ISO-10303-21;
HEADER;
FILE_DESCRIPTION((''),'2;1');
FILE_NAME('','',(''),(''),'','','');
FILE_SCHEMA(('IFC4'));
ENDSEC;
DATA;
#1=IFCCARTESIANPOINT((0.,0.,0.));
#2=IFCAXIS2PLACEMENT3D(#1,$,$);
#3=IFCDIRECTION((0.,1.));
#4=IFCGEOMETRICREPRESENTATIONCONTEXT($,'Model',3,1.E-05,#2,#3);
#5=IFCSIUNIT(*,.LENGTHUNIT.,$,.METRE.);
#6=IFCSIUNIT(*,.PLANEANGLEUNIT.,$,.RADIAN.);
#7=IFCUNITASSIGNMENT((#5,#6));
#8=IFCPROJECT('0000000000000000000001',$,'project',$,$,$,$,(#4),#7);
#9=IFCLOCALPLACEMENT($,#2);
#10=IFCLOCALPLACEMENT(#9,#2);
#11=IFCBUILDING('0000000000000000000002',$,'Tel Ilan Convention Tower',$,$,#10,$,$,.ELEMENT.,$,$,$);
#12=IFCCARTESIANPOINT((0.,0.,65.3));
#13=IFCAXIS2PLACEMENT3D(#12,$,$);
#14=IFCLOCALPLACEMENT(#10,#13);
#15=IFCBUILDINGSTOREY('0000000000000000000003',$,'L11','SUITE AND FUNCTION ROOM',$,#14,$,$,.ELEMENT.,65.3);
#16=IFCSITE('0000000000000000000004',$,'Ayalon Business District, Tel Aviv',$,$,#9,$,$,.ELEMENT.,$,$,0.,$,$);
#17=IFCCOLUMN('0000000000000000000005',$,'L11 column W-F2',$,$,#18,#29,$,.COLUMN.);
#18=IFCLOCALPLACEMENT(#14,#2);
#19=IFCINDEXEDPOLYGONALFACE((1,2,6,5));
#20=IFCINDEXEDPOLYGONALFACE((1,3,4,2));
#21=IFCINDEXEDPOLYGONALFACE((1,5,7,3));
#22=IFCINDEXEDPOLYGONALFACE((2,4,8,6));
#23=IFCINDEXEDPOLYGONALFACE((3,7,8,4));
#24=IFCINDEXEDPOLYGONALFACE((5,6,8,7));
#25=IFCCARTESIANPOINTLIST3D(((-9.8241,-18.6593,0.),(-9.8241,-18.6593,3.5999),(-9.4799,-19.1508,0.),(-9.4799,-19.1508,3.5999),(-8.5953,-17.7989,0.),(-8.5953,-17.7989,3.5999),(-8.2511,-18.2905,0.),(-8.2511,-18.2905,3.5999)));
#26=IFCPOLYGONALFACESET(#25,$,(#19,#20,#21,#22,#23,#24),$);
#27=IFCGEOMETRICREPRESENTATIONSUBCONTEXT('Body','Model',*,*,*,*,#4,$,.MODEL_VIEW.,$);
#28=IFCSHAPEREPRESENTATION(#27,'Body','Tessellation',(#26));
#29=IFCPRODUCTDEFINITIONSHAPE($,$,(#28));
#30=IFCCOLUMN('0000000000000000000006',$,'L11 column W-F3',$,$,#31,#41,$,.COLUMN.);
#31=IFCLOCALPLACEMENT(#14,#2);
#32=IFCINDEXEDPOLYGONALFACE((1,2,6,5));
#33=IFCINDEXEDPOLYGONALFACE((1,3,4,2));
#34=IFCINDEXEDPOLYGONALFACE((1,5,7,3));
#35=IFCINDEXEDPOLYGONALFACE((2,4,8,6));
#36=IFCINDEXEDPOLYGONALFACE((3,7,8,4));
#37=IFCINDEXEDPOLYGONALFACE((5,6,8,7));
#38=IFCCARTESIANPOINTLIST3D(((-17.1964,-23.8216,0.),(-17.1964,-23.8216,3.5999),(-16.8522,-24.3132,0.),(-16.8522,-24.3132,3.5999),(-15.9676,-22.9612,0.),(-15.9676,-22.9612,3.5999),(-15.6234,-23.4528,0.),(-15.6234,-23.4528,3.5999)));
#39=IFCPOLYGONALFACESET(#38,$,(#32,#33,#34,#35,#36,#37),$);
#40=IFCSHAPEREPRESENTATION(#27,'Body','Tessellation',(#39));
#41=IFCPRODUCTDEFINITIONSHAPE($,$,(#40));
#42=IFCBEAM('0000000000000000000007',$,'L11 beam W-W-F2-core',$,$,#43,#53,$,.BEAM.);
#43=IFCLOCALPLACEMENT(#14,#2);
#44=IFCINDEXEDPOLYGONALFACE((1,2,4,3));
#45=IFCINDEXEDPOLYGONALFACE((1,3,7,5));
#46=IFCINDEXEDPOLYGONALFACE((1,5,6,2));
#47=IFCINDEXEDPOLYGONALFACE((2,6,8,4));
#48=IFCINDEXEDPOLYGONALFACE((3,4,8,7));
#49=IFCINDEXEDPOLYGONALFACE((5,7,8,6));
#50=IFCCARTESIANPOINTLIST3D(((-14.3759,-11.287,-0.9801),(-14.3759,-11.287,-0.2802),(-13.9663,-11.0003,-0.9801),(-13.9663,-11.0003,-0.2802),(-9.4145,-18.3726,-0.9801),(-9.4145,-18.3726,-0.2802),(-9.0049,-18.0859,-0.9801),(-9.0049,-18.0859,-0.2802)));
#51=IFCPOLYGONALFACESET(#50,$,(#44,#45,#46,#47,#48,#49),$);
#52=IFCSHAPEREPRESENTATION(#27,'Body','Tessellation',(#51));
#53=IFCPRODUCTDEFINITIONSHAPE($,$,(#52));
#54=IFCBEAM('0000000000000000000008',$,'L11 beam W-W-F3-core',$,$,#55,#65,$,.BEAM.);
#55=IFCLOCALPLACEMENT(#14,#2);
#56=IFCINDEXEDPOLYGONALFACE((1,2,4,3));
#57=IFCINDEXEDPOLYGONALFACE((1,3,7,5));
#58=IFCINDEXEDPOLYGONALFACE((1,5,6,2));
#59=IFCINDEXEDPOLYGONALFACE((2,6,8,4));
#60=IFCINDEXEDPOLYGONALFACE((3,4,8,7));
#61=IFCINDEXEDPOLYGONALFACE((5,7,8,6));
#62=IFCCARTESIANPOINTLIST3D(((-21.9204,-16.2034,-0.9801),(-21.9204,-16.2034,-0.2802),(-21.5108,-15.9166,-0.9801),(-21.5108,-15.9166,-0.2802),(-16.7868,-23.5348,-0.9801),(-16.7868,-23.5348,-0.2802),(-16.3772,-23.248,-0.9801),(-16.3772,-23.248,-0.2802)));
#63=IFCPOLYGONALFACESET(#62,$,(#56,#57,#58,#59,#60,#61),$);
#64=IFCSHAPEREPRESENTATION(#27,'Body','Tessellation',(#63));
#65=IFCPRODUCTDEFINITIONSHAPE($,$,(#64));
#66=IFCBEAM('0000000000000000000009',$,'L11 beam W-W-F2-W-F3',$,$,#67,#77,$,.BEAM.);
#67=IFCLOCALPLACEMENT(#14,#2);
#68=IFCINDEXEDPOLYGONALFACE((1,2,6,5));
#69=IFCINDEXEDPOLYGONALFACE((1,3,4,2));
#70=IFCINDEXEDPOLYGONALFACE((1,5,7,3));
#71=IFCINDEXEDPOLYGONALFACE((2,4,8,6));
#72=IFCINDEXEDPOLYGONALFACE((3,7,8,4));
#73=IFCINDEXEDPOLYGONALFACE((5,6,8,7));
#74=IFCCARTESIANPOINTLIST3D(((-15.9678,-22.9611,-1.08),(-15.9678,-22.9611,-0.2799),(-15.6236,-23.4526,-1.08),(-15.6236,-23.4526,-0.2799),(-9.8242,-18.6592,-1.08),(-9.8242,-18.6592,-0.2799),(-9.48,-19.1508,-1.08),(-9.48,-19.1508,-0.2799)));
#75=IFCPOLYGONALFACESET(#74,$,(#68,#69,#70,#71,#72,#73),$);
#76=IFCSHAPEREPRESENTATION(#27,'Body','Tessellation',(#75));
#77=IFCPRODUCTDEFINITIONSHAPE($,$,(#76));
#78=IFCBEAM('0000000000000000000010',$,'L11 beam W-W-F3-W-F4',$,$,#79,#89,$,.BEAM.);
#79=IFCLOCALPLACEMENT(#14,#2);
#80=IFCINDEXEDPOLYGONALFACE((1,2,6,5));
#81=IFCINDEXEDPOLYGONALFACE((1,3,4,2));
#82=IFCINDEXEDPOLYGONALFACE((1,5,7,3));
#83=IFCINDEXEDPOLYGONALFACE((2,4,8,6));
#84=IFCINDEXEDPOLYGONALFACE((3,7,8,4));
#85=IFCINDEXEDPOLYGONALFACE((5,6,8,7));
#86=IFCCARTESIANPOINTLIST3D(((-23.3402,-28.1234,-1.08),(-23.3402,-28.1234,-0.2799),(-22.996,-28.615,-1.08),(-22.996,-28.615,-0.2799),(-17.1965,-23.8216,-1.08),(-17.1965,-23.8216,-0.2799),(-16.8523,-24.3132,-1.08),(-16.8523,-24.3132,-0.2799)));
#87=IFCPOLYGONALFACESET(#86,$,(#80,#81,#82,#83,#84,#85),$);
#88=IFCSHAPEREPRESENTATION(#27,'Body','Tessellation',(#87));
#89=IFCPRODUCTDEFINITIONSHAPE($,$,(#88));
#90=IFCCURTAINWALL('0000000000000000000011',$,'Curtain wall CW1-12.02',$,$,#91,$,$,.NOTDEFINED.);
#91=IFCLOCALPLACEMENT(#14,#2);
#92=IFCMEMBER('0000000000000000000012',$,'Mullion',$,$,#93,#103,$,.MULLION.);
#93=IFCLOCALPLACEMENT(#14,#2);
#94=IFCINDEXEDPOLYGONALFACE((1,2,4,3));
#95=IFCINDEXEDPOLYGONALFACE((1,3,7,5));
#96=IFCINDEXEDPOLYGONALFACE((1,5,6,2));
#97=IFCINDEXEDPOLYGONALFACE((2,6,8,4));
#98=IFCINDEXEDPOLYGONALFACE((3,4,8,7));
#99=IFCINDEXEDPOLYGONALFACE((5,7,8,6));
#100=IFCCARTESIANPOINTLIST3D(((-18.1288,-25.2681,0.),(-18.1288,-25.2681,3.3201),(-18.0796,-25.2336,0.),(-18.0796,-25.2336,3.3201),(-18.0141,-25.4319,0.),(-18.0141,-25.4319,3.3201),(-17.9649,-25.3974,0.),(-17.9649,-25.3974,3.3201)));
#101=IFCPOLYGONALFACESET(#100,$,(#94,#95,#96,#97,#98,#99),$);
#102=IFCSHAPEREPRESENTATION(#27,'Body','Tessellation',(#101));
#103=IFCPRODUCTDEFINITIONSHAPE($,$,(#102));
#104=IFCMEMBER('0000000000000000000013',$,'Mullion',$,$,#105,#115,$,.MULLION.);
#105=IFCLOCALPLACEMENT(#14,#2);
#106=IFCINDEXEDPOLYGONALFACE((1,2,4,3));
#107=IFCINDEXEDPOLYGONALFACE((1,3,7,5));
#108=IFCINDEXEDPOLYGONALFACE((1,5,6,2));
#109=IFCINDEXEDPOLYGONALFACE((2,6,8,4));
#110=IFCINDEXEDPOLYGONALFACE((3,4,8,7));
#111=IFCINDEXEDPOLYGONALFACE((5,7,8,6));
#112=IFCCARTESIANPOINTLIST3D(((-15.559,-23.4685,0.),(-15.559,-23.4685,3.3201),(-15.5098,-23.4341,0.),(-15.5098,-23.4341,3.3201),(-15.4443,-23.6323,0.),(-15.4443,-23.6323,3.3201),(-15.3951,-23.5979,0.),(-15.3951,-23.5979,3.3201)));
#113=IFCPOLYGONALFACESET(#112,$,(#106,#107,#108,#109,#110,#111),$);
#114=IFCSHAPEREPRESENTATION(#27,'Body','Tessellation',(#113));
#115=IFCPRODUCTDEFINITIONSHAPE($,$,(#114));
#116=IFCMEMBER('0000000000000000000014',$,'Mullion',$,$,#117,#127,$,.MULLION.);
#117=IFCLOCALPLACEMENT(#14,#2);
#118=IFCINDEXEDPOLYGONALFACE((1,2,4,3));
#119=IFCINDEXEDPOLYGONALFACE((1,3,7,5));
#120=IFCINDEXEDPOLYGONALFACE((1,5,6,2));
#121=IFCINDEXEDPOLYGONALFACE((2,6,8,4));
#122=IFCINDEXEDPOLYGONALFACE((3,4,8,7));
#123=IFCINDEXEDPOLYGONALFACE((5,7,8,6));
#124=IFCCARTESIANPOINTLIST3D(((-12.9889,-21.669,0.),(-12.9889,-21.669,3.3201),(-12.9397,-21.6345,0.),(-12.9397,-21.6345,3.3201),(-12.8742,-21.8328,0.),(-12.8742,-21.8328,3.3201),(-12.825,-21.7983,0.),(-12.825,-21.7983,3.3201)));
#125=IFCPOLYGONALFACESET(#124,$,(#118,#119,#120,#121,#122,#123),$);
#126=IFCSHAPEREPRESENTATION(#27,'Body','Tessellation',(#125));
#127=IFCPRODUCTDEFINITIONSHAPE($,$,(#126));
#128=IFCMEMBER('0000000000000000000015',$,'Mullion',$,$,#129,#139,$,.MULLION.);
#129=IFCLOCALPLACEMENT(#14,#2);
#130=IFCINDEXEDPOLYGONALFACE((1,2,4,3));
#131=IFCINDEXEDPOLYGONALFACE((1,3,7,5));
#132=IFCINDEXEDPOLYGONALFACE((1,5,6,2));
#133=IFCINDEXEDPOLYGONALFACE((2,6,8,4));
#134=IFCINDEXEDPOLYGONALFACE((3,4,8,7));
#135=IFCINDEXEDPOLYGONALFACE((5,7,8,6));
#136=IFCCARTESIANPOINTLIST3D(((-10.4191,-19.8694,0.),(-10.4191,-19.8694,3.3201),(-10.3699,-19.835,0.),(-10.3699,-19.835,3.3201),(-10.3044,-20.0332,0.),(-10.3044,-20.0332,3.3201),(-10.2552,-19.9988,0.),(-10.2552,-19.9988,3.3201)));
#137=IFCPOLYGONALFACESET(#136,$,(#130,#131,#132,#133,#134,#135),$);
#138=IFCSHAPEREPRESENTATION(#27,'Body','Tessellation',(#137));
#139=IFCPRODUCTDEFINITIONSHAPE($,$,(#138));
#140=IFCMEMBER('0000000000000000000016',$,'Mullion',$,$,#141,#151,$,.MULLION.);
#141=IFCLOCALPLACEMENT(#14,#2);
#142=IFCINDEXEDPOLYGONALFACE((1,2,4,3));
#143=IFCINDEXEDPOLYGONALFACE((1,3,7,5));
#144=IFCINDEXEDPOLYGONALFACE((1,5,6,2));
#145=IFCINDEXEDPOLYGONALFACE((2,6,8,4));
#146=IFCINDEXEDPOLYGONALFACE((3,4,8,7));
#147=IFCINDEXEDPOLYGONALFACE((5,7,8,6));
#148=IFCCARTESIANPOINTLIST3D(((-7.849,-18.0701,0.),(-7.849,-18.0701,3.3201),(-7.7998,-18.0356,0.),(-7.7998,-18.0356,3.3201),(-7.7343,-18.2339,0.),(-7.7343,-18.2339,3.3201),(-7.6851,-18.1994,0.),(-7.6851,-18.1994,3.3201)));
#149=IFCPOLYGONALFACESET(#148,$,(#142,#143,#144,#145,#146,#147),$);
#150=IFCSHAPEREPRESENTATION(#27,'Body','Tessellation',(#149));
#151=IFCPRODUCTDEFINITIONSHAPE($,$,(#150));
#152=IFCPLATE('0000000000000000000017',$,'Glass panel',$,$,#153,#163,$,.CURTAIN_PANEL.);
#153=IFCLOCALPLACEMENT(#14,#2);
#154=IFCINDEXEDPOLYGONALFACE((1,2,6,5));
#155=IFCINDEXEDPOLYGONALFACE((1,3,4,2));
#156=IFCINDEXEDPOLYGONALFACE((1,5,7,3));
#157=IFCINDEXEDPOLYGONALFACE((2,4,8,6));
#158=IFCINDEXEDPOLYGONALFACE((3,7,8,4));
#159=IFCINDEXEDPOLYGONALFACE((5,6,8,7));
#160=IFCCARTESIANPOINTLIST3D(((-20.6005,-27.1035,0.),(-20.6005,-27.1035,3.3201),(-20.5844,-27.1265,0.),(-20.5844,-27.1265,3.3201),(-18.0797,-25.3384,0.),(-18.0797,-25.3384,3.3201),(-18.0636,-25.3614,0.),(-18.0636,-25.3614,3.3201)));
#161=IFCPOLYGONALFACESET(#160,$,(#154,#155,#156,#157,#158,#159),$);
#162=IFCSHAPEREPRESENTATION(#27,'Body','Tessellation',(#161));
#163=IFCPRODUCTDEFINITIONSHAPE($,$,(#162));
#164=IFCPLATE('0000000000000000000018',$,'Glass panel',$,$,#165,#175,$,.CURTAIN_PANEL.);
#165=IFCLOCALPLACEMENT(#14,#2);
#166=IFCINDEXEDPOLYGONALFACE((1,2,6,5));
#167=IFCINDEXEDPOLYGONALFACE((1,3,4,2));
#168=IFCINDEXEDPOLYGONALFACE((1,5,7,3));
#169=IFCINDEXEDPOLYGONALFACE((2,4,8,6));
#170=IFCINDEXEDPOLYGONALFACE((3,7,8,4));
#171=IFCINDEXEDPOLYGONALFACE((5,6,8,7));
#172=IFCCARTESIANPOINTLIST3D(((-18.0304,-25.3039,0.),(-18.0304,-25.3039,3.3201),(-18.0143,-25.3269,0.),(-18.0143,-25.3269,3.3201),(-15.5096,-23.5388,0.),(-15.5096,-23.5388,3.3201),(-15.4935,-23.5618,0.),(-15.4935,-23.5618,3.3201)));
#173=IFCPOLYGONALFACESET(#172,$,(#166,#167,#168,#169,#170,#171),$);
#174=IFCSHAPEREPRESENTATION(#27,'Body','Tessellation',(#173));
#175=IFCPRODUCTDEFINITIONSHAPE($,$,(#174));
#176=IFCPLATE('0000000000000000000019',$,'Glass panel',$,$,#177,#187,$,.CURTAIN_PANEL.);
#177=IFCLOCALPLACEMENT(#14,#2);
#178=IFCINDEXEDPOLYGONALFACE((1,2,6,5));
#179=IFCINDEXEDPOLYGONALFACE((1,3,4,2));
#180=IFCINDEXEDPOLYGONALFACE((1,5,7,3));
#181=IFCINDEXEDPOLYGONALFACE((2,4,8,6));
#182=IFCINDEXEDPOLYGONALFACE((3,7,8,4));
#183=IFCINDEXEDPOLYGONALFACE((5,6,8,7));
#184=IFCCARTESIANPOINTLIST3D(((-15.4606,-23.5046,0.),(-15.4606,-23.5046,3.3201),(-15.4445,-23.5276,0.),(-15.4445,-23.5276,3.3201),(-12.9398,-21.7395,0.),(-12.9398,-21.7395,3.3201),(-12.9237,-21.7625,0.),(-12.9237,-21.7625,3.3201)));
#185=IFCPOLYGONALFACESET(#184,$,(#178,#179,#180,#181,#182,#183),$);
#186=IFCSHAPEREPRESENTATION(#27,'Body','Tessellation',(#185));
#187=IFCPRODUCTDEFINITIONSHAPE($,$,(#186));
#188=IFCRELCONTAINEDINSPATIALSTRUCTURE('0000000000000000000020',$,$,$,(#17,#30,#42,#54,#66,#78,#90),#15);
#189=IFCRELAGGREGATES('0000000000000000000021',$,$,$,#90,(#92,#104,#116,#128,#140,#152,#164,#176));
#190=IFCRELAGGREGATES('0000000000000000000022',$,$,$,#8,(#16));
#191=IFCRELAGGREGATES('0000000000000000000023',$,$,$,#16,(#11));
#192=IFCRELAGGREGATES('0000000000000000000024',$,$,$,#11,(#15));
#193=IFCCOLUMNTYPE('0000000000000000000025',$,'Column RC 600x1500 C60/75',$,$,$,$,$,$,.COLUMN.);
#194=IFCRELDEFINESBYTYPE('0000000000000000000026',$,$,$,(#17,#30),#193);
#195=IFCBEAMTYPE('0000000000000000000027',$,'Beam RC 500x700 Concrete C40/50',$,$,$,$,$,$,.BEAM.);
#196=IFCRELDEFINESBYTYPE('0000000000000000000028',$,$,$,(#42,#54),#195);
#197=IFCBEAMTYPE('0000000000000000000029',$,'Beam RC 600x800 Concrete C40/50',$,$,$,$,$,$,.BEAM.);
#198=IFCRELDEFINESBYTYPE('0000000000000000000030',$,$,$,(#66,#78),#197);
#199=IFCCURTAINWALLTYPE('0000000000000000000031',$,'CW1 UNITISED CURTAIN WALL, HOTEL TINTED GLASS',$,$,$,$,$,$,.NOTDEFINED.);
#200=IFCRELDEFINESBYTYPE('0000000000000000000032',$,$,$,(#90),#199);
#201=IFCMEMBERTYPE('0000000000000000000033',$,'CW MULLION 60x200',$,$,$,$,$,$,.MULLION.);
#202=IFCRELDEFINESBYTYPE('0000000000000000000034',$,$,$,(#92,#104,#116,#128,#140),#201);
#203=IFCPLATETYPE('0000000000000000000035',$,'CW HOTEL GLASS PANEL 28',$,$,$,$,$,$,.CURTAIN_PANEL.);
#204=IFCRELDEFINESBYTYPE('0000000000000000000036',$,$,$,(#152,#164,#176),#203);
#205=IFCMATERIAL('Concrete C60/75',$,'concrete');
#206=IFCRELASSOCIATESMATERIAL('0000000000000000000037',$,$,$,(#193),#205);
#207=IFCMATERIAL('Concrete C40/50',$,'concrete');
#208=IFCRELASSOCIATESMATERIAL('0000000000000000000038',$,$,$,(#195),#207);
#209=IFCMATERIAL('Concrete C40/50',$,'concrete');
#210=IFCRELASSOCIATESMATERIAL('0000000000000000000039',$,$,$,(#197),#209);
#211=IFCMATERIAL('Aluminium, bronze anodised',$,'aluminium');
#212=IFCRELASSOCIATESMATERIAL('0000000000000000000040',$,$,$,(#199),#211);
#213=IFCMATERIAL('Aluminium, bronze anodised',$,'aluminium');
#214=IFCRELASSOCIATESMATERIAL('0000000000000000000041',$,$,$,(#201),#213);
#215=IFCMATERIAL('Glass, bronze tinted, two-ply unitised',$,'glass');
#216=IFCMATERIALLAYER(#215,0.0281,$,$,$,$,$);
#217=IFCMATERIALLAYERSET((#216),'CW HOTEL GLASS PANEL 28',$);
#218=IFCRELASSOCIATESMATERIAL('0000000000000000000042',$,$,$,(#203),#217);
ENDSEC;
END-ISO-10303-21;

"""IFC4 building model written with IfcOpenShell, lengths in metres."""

from ifc_helpers import new_model, si_unit, direction, frame, origin, origin_2d, place, context, subcontext, project, spatial, rectangle, extrude, material, layer, layer_set, material_profile, profile_set, type_object, element, aggregate, save


model = new_model("IFC4")

# Units and contexts
model_context = context("Model", 3, precision=1e-05, world=origin(), true_north=direction((0.0, 1.0)))
body_context = subcontext(model_context, "Body", "Model", "MODEL_VIEW")
ifc_project = project(units=[si_unit("LENGTHUNIT", "METRE"), si_unit("PLANEANGLEUNIT", "RADIAN")], contexts=[model_context])

# Site, building, storey
site_placement = place(None, origin())
site = spatial("IfcSite", under=ifc_project, at=site_placement, Name="Ayalon Business District, Tel Aviv", CompositionType="ELEMENT", RefElevation=0.0)
building_placement = place(site_placement, origin())
building = spatial("IfcBuilding", under=site, at=building_placement, Name="Tel Ilan Convention Tower", CompositionType="ELEMENT")
storey_placement = place(building_placement, frame((0.0, 0.0, 65.3)))
storey = spatial("IfcBuildingStorey", under=building, at=storey_placement, Name="L11", Description="SUITE AND FUNCTION ROOM", CompositionType="ELEMENT", Elevation=65.3)

# Columns
ifc_material_1 = material(Name="Concrete C60/75", Category="concrete")
ifc_material_profile_1 = material_profile(ifc_material_1, rectangle(XDim=1.5, YDim=0.6001, at=origin_2d()), Name="RC 600x1500")
ifc_profile_set_1 = profile_set([ifc_material_profile_1], Name="Concrete C60/75")
column_type = type_object("IfcColumnType", Name="Column RC 600x1500 C60/75", PredefinedType="COLUMN", material=ifc_profile_set_1)
for number, where, z_axis, x_axis, name in (
    (1, (-9.0376, -18.4749, 0.0), (0.0, 0.0, 1.0), (-0.819152, -0.573576, 0.0), "L11 column W-F2"),
    (2, (-16.4099, -23.6372, 0.0), (0.0, 0.0, 1.0), (-0.819152, -0.573576, 0.0), "L11 column W-F3"),
):
    element("IfcColumn", number, at=place(storey_placement, frame(where, z_axis=z_axis, x_axis=x_axis)), inside=storey, type_object=column_type, Name=name, PredefinedType="COLUMN", context=body_context, shape_type="SweptSolid", body=[
        extrude(rectangle(XDim=1.5, YDim=0.6001, at=origin_2d()), origin(), (0.0, 0.0, 1.0), 3.5999),
    ])

# Beams
ifc_material_2 = material(Name="Concrete C40/50", Category="concrete")
ifc_material_profile_2 = material_profile(ifc_material_2, rectangle(XDim=0.5, YDim=0.7, at=origin_2d()), Name="RC 500x700")
ifc_profile_set_2 = profile_set([ifc_material_profile_2], Name="Concrete C40/50")
beam_type_1 = type_object("IfcBeamType", Name="Beam RC 500x700 Concrete C40/50", PredefinedType="BEAM", material=ifc_profile_set_2)
beam_1_placement = place(storey_placement, frame((-9.2097, -18.2292, -0.6301), z_axis=(-0.573574, 0.819154, 0.0), x_axis=(-0.819154, -0.573574, 0.0)))
element("IfcBeam", 3, at=beam_1_placement, inside=storey, type_object=beam_type_1, Name="L11 beam W-W-F2-core", PredefinedType="BEAM", context=body_context, shape_type="SweptSolid", body=[
    extrude(rectangle(XDim=0.5, YDim=0.7, at=origin_2d()), origin(), (0.0, 0.0, 1.0), 8.6499),
])
beam_2_placement = place(storey_placement, frame((-16.582, -23.3914, -0.6301), z_axis=(-0.573585, 0.819146, 0.0), x_axis=(-0.819146, -0.573585, 0.0)))
element("IfcBeam", 4, at=beam_2_placement, inside=storey, type_object=beam_type_1, Name="L11 beam W-W-F3-core", PredefinedType="BEAM", context=body_context, shape_type="SweptSolid", body=[
    extrude(rectangle(XDim=0.5, YDim=0.7, at=origin_2d()), origin(), (0.0, 0.0, 1.0), 8.95),
])
ifc_material_3 = material(Name="Concrete C40/50", Category="concrete")
ifc_material_profile_3 = material_profile(ifc_material_3, rectangle(XDim=0.6001, YDim=0.8, at=origin_2d()), Name="RC 600x800")
ifc_profile_set_3 = profile_set([ifc_material_profile_3], Name="Concrete C40/50")
beam_type_2 = type_object("IfcBeamType", Name="Beam RC 600x800 Concrete C40/50", PredefinedType="BEAM", material=ifc_profile_set_3)
for number, where, z_axis, x_axis, name in (
    (5, (-9.6521, -18.905, -0.6799), (-0.819152, -0.573576, 0.0), (0.573576, -0.819152, 0.0), "L11 beam W-W-F2-W-F3"),
    (6, (-17.0244, -24.0674, -0.6799), (-0.819152, -0.573576, 0.0), (0.573576, -0.819152, 0.0), "L11 beam W-W-F3-W-F4"),
):
    element("IfcBeam", number, at=place(storey_placement, frame(where, z_axis=z_axis, x_axis=x_axis)), inside=storey, type_object=beam_type_2, Name=name, PredefinedType="BEAM", context=body_context, shape_type="SweptSolid", body=[
        extrude(rectangle(XDim=0.6001, YDim=0.8, at=origin_2d()), origin(), (0.0, 0.0, 1.0), 7.5),
    ])

# Curtain wall, members, plates
ifc_material_4 = material(Name="Aluminium, bronze anodised", Category="aluminium")
curtain_wall_type = type_object("IfcCurtainWallType", Name="CW1 UNITISED CURTAIN WALL, HOTEL TINTED GLASS", PredefinedType="NOTDEFINED", material=ifc_material_4)
curtain_wall_placement = place(storey_placement, origin())
curtain_wall = element("IfcCurtainWall", 7, at=curtain_wall_placement, inside=storey, type_object=curtain_wall_type, Name="Curtain wall CW1-12.02", PredefinedType="NOTDEFINED")
ifc_material_5 = material(Name="Aluminium, bronze anodised", Category="aluminium")
ifc_material_profile_4 = material_profile(ifc_material_5, rectangle(XDim=0.0601, YDim=0.2, at=origin_2d()), Name="CW MULLION 60x200")
ifc_profile_set_4 = profile_set([ifc_material_profile_4], Name="Aluminium, bronze anodised")
member_type = type_object("IfcMemberType", Name="CW MULLION 60x200", PredefinedType="MULLION", material=ifc_profile_set_4)
member_1_placement = place(storey_placement, frame((-18.0469, -25.3328, 0.0), z_axis=(0.0, 0.0, 1.0), x_axis=(0.819152, 0.573576, 0.0)))
member_1 = element("IfcMember", 8, at=member_1_placement, type_object=member_type, Name="Mullion", PredefinedType="MULLION", context=body_context, shape_type="SweptSolid", body=[
    extrude(rectangle(XDim=0.0601, YDim=0.2, at=origin_2d()), origin(), (0.0, 0.0, 1.0), 3.3201),
])
member_2_placement = place(storey_placement, frame((-15.4771, -23.5332, 0.0), z_axis=(0.0, 0.0, 1.0), x_axis=(0.819152, 0.573576, 0.0)))
member_2 = element("IfcMember", 9, at=member_2_placement, type_object=member_type, Name="Mullion", PredefinedType="MULLION", context=body_context, shape_type="SweptSolid", body=[
    extrude(rectangle(XDim=0.0601, YDim=0.2, at=origin_2d()), origin(), (0.0, 0.0, 1.0), 3.3201),
])
member_3_placement = place(storey_placement, frame((-12.907, -21.7336, 0.0), z_axis=(0.0, 0.0, 1.0), x_axis=(0.819152, 0.573576, 0.0)))
member_3 = element("IfcMember", 10, at=member_3_placement, type_object=member_type, Name="Mullion", PredefinedType="MULLION", context=body_context, shape_type="SweptSolid", body=[
    extrude(rectangle(XDim=0.0601, YDim=0.2, at=origin_2d()), origin(), (0.0, 0.0, 1.0), 3.3201),
])
member_4_placement = place(storey_placement, frame((-10.3372, -19.9341, 0.0), z_axis=(0.0, 0.0, 1.0), x_axis=(0.819152, 0.573576, 0.0)))
member_4 = element("IfcMember", 11, at=member_4_placement, type_object=member_type, Name="Mullion", PredefinedType="MULLION", context=body_context, shape_type="SweptSolid", body=[
    extrude(rectangle(XDim=0.0601, YDim=0.2, at=origin_2d()), origin(), (0.0, 0.0, 1.0), 3.3201),
])
member_5_placement = place(storey_placement, frame((-7.7671, -18.1348, 0.0), z_axis=(0.0, 0.0, 1.0), x_axis=(0.819152, 0.573576, 0.0)))
member_5 = element("IfcMember", 12, at=member_5_placement, type_object=member_type, Name="Mullion", PredefinedType="MULLION", context=body_context, shape_type="SweptSolid", body=[
    extrude(rectangle(XDim=0.0601, YDim=0.2, at=origin_2d()), origin(), (0.0, 0.0, 1.0), 3.3201),
])
ifc_material_6 = material(Name="Glass, bronze tinted, two-ply unitised", Category="glass")
ifc_layer_1 = layer(ifc_material_6, 0.0281)
ifc_layer_set_1 = layer_set([ifc_layer_1], Name="CW HOTEL GLASS PANEL 28")
plate_type = type_object("IfcPlateType", Name="CW HOTEL GLASS PANEL 28", PredefinedType="CURTAIN_PANEL", material=ifc_layer_set_1)
plate_1_placement = place(storey_placement, frame((-19.332, -26.2324, 0.0), z_axis=(0.0, 0.0, 1.0), x_axis=(0.819152, 0.573576, 0.0)))
plate_1 = element("IfcPlate", 13, at=plate_1_placement, type_object=plate_type, Name="Glass panel", PredefinedType="CURTAIN_PANEL", context=body_context, shape_type="SweptSolid", body=[
    extrude(rectangle(XDim=3.0774, YDim=0.0281, at=origin_2d()), origin(), (0.0, 0.0, 1.0), 3.3201),
])
plate_2_placement = place(storey_placement, frame((-16.762, -24.4329, 0.0), z_axis=(0.0, 0.0, 1.0), x_axis=(0.819152, 0.573576, 0.0)))
plate_2 = element("IfcPlate", 14, at=plate_2_placement, type_object=plate_type, Name="Glass panel", PredefinedType="CURTAIN_PANEL", context=body_context, shape_type="SweptSolid", body=[
    extrude(rectangle(XDim=3.0774, YDim=0.0281, at=origin_2d()), origin(), (0.0, 0.0, 1.0), 3.3201),
])
plate_3_placement = place(storey_placement, frame((-14.1921, -22.6335, 0.0), z_axis=(0.0, 0.0, 1.0), x_axis=(0.819152, 0.573576, 0.0)))
plate_3 = element("IfcPlate", 15, at=plate_3_placement, type_object=plate_type, Name="Glass panel", PredefinedType="CURTAIN_PANEL", context=body_context, shape_type="SweptSolid", body=[
    extrude(rectangle(XDim=3.0774, YDim=0.0281, at=origin_2d()), origin(), (0.0, 0.0, 1.0), 3.3201),
])
aggregate(curtain_wall, [member_1, member_2, member_3, member_4, member_5, plate_1, plate_2, plate_3])

save(model, "model.ifc")
